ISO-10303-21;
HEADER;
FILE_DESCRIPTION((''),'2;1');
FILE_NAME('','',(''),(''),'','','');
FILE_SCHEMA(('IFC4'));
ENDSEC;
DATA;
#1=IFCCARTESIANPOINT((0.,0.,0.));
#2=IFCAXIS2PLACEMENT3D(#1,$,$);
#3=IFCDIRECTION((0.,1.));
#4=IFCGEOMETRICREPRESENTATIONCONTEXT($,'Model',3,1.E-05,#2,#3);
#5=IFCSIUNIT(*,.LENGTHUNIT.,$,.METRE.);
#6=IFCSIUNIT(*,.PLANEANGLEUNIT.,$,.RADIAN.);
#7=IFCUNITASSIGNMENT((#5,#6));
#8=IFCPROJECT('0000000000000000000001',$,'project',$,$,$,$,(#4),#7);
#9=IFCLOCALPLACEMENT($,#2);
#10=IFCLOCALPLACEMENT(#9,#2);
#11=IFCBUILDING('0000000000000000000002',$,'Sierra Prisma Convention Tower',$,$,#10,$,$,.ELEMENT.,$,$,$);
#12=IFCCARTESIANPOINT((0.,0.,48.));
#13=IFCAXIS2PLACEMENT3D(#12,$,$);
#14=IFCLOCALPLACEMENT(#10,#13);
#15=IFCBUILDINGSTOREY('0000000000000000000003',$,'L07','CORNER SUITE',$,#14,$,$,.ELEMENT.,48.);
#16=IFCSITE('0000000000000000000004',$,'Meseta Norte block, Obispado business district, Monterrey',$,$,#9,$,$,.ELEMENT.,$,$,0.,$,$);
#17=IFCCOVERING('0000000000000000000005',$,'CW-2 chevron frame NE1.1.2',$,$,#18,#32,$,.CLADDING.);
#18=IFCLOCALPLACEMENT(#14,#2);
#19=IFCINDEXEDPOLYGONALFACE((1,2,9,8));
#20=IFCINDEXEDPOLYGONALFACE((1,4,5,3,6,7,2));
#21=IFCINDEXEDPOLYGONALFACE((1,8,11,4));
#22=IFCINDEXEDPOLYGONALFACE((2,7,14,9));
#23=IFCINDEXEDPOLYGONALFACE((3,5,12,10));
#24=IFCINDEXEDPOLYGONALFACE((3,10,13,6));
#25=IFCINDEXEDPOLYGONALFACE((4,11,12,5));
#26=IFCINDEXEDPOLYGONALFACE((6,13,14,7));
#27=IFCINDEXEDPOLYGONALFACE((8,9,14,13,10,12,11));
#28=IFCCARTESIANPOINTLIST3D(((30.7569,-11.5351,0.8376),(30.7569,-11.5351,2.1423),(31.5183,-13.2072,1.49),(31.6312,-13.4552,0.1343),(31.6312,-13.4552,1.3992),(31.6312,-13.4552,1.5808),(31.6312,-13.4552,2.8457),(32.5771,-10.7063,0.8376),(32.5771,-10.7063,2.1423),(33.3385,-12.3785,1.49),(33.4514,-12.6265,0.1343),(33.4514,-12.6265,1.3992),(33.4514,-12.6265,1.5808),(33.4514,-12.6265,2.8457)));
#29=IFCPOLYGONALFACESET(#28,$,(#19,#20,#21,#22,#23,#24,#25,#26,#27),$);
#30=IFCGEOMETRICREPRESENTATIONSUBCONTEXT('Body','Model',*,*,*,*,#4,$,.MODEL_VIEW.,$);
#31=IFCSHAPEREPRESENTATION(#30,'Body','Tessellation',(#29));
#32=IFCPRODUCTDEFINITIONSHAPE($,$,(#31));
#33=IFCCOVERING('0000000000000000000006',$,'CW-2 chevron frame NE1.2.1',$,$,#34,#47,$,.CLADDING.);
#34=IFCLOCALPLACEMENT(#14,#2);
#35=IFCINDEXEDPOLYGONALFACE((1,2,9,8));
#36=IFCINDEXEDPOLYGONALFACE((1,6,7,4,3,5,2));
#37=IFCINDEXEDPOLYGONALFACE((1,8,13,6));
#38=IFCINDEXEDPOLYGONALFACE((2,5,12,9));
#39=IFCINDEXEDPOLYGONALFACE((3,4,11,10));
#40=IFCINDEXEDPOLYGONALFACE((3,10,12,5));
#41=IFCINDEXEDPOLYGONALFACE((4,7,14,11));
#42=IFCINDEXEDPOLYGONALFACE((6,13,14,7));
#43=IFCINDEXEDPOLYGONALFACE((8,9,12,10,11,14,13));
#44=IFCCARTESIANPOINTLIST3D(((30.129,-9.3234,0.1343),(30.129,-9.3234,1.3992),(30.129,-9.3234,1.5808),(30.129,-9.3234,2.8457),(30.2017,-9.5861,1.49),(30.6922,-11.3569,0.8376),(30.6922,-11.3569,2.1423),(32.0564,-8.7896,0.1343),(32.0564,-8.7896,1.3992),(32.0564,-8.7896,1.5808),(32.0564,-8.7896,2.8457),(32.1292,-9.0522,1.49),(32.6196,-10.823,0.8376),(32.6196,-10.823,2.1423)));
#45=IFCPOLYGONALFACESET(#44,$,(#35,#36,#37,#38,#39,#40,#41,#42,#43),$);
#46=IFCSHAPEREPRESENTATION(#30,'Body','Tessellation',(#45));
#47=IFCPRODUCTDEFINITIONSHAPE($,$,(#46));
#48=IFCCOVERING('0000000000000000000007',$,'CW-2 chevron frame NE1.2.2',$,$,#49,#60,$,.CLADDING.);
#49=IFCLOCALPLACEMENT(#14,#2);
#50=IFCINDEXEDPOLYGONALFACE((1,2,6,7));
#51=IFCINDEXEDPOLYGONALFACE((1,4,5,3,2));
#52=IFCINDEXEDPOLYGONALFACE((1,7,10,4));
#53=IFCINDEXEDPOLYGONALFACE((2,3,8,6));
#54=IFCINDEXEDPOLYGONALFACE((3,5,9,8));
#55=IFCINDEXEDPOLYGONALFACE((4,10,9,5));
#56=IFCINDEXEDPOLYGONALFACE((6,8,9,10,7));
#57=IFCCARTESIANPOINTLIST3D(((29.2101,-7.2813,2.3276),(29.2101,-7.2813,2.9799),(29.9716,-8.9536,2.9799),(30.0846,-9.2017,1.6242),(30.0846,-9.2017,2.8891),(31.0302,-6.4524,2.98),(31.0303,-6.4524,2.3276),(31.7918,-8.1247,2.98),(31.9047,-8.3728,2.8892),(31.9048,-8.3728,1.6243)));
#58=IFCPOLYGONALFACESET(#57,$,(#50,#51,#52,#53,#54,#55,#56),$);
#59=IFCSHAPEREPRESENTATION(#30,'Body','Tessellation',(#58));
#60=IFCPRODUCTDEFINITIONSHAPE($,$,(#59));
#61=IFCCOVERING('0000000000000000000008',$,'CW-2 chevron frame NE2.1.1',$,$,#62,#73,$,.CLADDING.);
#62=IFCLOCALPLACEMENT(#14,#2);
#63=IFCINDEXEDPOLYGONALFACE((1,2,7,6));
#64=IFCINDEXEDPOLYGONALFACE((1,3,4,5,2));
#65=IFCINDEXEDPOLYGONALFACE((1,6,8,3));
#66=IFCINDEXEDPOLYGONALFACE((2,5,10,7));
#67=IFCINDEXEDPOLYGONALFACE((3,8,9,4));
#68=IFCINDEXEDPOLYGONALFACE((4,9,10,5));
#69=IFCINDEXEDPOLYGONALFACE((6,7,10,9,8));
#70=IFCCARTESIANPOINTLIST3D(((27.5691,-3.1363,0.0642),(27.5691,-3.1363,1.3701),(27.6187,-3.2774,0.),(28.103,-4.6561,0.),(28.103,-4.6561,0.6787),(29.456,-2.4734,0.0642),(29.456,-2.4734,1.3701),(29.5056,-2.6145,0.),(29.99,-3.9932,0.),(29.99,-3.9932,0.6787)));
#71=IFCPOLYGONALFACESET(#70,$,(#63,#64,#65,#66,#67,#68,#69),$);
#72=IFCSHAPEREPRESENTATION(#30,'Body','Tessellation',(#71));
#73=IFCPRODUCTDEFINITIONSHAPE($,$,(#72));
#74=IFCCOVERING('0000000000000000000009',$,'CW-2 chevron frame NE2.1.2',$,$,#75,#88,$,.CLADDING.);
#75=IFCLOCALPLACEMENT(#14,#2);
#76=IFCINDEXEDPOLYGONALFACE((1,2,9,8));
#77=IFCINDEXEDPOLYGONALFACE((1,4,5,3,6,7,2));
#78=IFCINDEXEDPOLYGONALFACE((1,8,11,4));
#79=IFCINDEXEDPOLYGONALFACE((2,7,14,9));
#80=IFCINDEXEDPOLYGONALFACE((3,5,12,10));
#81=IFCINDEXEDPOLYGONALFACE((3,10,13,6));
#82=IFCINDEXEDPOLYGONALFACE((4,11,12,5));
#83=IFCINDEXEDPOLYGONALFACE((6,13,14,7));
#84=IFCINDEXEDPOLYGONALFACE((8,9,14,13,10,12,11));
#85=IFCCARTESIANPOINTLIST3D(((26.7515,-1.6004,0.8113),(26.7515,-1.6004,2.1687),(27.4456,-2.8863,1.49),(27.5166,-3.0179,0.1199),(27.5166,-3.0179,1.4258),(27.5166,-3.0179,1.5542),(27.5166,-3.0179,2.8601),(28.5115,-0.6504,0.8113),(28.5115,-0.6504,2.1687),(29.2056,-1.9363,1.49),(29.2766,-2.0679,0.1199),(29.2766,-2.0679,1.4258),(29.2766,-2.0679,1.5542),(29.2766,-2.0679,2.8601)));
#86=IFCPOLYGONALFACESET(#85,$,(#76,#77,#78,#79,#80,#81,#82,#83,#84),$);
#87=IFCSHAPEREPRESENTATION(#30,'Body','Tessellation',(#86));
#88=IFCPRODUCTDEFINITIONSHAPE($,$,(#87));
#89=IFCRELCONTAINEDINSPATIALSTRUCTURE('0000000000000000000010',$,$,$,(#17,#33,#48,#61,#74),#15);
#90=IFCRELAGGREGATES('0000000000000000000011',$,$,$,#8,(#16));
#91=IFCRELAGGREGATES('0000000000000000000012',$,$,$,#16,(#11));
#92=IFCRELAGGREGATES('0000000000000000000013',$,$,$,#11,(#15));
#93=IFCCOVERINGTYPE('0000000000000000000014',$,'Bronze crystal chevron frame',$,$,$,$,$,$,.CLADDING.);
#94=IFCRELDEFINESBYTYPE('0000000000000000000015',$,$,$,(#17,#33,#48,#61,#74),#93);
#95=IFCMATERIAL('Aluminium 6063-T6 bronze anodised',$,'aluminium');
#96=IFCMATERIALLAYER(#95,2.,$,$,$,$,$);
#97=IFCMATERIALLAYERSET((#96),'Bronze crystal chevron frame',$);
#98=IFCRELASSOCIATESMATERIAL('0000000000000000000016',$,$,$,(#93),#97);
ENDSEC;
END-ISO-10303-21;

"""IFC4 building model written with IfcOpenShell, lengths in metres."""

from ifc_helpers import new_model, si_unit, direction, frame, origin, place, context, subcontext, project, spatial, polyline, outline, extrude, material, layer, layer_set, type_object, element, save


model = new_model("IFC4")

# Units and contexts
model_context = context("Model", 3, precision=1e-05, world=origin(), true_north=direction((0.0, 1.0)))
body_context = subcontext(model_context, "Body", "Model", "MODEL_VIEW")
ifc_project = project(units=[si_unit("LENGTHUNIT", "METRE"), si_unit("PLANEANGLEUNIT", "RADIAN")], contexts=[model_context])

# Site, building, storey
site_placement = place(None, origin())
site = spatial("IfcSite", under=ifc_project, at=site_placement, Name="Meseta Norte block, Obispado business district, Monterrey", CompositionType="ELEMENT", RefElevation=0.0)
building_placement = place(site_placement, origin())
building = spatial("IfcBuilding", under=site, at=building_placement, Name="Sierra Prisma Convention Tower", CompositionType="ELEMENT")
storey_placement = place(building_placement, frame((0.0, 0.0, 48.0)))
storey = spatial("IfcBuildingStorey", under=building, at=storey_placement, Name="L07", Description="CORNER SUITE", CompositionType="ELEMENT", Elevation=48.0)

# Coverings
ifc_material_1 = material(Name="Aluminium 6063-T6 bronze anodised", Category="aluminium")
ifc_layer_1 = layer(ifc_material_1, 2.0)
ifc_layer_set_1 = layer_set([ifc_layer_1], Name="Bronze crystal chevron frame")
covering_type = type_object("IfcCoveringType", Name="Bronze crystal chevron frame", PredefinedType="CLADDING", material=ifc_layer_set_1)
covering_1_placement = place(storey_placement, frame((33.4514, -12.6265, 1.3992), z_axis=(0.910104, 0.414381, 0.0), x_axis=(0.0, 0.0, -1.0)))
element("IfcCovering", 1, at=covering_1_placement, inside=storey, type_object=covering_type, Name="CW-2 chevron frame NE1.1.2", PredefinedType="CLADDING", context=body_context, shape_type="SweptSolid", body=[
    extrude(outline(polyline([(0.0, 0.0), (1.2649, 0.0), (0.5615, 2.1098), (-0.7432, 2.1098), (-1.4465, 0.0), (-0.1816, 0.0), (-0.0908, 0.2725), (0.0, 0.0)])), origin(), (0.0, 0.0, -1.0), 2.0),
])
covering_2_placement = place(storey_placement, frame((32.6196, -10.823, 0.8376), z_axis=(0.963715, 0.266934, 0.0), x_axis=(-0.253234, 0.914256, -0.316241)))
element("IfcCovering", 2, at=covering_2_placement, inside=storey, type_object=covering_type, Name="CW-2 chevron frame NE1.2.1", PredefinedType="CLADDING", context=body_context, shape_type="SweptSolid", body=[
    extrude(outline(polyline([(0.0, 0.0), (2.2242, 0.0), (1.8241, 1.2), (1.5368, 1.1999), (1.7667, 1.3723), (1.3667, 2.5723), (-0.4126, 1.2377), (0.0, 0.0)])), origin(), (0.0, 0.0, -1.0), 2.0),
])
covering_3_placement = place(storey_placement, frame((31.9048, -8.3728, 1.6243), z_axis=(0.910082, 0.414429, 0.000037), x_axis=(-0.393173, 0.863376, 0.316222)))
element("IfcCovering", 3, at=covering_3_placement, inside=storey, type_object=covering_type, Name="CW-2 chevron frame NE1.2.2", PredefinedType="CLADDING", context=body_context, shape_type="SweptSolid", body=[
    extrude(outline(polyline([(0.0, 0.0), (2.2243, 0.0), (2.4306, 0.6189), (0.6873, 1.1999), (0.4, 1.2), (0.0, 0.0)])), origin(), (0.0, 0.0, -1.0), 2.0),
])
covering_4_placement = place(storey_placement, frame((29.5056, -2.6145, 0.0), z_axis=(0.943468, 0.331464, -0.000007), x_axis=(-0.30458, 0.866953, 0.394492)))
element("IfcCovering", 4, at=covering_4_placement, inside=storey, type_object=covering_type, Name="CW-2 chevron frame NE2.1.1", PredefinedType="CLADDING", context=body_context, shape_type="SweptSolid", body=[
    extrude(outline(polyline([(0.0, 0.0), (0.1628, 0.0), (0.6779, 1.2), (-1.075, 1.2001), (-1.3428, 0.5765), (0.0, 0.0)])), origin(), (0.0, 0.0, -1.0), 2.0),
])
covering_5_placement = place(storey_placement, frame((29.2766, -2.0679, 1.4258), z_axis=(0.879984, 0.475003, 0.0), x_axis=(0.0, 0.0, -1.0)))
element("IfcCovering", 5, at=covering_5_placement, inside=storey, type_object=covering_type, Name="CW-2 chevron frame NE2.1.2", PredefinedType="CLADDING", context=body_context, shape_type="SweptSolid", body=[
    extrude(outline(polyline([(0.0, 0.0), (1.3059, 0.0), (0.6145, 1.6108), (-0.7429, 1.6108), (-1.4343, 0.0), (-0.1284, 0.0), (-0.0642, 0.1495), (0.0, 0.0)])), origin(), (0.0, 0.0, -1.0), 2.0),
])

save(model, "model.ifc")
